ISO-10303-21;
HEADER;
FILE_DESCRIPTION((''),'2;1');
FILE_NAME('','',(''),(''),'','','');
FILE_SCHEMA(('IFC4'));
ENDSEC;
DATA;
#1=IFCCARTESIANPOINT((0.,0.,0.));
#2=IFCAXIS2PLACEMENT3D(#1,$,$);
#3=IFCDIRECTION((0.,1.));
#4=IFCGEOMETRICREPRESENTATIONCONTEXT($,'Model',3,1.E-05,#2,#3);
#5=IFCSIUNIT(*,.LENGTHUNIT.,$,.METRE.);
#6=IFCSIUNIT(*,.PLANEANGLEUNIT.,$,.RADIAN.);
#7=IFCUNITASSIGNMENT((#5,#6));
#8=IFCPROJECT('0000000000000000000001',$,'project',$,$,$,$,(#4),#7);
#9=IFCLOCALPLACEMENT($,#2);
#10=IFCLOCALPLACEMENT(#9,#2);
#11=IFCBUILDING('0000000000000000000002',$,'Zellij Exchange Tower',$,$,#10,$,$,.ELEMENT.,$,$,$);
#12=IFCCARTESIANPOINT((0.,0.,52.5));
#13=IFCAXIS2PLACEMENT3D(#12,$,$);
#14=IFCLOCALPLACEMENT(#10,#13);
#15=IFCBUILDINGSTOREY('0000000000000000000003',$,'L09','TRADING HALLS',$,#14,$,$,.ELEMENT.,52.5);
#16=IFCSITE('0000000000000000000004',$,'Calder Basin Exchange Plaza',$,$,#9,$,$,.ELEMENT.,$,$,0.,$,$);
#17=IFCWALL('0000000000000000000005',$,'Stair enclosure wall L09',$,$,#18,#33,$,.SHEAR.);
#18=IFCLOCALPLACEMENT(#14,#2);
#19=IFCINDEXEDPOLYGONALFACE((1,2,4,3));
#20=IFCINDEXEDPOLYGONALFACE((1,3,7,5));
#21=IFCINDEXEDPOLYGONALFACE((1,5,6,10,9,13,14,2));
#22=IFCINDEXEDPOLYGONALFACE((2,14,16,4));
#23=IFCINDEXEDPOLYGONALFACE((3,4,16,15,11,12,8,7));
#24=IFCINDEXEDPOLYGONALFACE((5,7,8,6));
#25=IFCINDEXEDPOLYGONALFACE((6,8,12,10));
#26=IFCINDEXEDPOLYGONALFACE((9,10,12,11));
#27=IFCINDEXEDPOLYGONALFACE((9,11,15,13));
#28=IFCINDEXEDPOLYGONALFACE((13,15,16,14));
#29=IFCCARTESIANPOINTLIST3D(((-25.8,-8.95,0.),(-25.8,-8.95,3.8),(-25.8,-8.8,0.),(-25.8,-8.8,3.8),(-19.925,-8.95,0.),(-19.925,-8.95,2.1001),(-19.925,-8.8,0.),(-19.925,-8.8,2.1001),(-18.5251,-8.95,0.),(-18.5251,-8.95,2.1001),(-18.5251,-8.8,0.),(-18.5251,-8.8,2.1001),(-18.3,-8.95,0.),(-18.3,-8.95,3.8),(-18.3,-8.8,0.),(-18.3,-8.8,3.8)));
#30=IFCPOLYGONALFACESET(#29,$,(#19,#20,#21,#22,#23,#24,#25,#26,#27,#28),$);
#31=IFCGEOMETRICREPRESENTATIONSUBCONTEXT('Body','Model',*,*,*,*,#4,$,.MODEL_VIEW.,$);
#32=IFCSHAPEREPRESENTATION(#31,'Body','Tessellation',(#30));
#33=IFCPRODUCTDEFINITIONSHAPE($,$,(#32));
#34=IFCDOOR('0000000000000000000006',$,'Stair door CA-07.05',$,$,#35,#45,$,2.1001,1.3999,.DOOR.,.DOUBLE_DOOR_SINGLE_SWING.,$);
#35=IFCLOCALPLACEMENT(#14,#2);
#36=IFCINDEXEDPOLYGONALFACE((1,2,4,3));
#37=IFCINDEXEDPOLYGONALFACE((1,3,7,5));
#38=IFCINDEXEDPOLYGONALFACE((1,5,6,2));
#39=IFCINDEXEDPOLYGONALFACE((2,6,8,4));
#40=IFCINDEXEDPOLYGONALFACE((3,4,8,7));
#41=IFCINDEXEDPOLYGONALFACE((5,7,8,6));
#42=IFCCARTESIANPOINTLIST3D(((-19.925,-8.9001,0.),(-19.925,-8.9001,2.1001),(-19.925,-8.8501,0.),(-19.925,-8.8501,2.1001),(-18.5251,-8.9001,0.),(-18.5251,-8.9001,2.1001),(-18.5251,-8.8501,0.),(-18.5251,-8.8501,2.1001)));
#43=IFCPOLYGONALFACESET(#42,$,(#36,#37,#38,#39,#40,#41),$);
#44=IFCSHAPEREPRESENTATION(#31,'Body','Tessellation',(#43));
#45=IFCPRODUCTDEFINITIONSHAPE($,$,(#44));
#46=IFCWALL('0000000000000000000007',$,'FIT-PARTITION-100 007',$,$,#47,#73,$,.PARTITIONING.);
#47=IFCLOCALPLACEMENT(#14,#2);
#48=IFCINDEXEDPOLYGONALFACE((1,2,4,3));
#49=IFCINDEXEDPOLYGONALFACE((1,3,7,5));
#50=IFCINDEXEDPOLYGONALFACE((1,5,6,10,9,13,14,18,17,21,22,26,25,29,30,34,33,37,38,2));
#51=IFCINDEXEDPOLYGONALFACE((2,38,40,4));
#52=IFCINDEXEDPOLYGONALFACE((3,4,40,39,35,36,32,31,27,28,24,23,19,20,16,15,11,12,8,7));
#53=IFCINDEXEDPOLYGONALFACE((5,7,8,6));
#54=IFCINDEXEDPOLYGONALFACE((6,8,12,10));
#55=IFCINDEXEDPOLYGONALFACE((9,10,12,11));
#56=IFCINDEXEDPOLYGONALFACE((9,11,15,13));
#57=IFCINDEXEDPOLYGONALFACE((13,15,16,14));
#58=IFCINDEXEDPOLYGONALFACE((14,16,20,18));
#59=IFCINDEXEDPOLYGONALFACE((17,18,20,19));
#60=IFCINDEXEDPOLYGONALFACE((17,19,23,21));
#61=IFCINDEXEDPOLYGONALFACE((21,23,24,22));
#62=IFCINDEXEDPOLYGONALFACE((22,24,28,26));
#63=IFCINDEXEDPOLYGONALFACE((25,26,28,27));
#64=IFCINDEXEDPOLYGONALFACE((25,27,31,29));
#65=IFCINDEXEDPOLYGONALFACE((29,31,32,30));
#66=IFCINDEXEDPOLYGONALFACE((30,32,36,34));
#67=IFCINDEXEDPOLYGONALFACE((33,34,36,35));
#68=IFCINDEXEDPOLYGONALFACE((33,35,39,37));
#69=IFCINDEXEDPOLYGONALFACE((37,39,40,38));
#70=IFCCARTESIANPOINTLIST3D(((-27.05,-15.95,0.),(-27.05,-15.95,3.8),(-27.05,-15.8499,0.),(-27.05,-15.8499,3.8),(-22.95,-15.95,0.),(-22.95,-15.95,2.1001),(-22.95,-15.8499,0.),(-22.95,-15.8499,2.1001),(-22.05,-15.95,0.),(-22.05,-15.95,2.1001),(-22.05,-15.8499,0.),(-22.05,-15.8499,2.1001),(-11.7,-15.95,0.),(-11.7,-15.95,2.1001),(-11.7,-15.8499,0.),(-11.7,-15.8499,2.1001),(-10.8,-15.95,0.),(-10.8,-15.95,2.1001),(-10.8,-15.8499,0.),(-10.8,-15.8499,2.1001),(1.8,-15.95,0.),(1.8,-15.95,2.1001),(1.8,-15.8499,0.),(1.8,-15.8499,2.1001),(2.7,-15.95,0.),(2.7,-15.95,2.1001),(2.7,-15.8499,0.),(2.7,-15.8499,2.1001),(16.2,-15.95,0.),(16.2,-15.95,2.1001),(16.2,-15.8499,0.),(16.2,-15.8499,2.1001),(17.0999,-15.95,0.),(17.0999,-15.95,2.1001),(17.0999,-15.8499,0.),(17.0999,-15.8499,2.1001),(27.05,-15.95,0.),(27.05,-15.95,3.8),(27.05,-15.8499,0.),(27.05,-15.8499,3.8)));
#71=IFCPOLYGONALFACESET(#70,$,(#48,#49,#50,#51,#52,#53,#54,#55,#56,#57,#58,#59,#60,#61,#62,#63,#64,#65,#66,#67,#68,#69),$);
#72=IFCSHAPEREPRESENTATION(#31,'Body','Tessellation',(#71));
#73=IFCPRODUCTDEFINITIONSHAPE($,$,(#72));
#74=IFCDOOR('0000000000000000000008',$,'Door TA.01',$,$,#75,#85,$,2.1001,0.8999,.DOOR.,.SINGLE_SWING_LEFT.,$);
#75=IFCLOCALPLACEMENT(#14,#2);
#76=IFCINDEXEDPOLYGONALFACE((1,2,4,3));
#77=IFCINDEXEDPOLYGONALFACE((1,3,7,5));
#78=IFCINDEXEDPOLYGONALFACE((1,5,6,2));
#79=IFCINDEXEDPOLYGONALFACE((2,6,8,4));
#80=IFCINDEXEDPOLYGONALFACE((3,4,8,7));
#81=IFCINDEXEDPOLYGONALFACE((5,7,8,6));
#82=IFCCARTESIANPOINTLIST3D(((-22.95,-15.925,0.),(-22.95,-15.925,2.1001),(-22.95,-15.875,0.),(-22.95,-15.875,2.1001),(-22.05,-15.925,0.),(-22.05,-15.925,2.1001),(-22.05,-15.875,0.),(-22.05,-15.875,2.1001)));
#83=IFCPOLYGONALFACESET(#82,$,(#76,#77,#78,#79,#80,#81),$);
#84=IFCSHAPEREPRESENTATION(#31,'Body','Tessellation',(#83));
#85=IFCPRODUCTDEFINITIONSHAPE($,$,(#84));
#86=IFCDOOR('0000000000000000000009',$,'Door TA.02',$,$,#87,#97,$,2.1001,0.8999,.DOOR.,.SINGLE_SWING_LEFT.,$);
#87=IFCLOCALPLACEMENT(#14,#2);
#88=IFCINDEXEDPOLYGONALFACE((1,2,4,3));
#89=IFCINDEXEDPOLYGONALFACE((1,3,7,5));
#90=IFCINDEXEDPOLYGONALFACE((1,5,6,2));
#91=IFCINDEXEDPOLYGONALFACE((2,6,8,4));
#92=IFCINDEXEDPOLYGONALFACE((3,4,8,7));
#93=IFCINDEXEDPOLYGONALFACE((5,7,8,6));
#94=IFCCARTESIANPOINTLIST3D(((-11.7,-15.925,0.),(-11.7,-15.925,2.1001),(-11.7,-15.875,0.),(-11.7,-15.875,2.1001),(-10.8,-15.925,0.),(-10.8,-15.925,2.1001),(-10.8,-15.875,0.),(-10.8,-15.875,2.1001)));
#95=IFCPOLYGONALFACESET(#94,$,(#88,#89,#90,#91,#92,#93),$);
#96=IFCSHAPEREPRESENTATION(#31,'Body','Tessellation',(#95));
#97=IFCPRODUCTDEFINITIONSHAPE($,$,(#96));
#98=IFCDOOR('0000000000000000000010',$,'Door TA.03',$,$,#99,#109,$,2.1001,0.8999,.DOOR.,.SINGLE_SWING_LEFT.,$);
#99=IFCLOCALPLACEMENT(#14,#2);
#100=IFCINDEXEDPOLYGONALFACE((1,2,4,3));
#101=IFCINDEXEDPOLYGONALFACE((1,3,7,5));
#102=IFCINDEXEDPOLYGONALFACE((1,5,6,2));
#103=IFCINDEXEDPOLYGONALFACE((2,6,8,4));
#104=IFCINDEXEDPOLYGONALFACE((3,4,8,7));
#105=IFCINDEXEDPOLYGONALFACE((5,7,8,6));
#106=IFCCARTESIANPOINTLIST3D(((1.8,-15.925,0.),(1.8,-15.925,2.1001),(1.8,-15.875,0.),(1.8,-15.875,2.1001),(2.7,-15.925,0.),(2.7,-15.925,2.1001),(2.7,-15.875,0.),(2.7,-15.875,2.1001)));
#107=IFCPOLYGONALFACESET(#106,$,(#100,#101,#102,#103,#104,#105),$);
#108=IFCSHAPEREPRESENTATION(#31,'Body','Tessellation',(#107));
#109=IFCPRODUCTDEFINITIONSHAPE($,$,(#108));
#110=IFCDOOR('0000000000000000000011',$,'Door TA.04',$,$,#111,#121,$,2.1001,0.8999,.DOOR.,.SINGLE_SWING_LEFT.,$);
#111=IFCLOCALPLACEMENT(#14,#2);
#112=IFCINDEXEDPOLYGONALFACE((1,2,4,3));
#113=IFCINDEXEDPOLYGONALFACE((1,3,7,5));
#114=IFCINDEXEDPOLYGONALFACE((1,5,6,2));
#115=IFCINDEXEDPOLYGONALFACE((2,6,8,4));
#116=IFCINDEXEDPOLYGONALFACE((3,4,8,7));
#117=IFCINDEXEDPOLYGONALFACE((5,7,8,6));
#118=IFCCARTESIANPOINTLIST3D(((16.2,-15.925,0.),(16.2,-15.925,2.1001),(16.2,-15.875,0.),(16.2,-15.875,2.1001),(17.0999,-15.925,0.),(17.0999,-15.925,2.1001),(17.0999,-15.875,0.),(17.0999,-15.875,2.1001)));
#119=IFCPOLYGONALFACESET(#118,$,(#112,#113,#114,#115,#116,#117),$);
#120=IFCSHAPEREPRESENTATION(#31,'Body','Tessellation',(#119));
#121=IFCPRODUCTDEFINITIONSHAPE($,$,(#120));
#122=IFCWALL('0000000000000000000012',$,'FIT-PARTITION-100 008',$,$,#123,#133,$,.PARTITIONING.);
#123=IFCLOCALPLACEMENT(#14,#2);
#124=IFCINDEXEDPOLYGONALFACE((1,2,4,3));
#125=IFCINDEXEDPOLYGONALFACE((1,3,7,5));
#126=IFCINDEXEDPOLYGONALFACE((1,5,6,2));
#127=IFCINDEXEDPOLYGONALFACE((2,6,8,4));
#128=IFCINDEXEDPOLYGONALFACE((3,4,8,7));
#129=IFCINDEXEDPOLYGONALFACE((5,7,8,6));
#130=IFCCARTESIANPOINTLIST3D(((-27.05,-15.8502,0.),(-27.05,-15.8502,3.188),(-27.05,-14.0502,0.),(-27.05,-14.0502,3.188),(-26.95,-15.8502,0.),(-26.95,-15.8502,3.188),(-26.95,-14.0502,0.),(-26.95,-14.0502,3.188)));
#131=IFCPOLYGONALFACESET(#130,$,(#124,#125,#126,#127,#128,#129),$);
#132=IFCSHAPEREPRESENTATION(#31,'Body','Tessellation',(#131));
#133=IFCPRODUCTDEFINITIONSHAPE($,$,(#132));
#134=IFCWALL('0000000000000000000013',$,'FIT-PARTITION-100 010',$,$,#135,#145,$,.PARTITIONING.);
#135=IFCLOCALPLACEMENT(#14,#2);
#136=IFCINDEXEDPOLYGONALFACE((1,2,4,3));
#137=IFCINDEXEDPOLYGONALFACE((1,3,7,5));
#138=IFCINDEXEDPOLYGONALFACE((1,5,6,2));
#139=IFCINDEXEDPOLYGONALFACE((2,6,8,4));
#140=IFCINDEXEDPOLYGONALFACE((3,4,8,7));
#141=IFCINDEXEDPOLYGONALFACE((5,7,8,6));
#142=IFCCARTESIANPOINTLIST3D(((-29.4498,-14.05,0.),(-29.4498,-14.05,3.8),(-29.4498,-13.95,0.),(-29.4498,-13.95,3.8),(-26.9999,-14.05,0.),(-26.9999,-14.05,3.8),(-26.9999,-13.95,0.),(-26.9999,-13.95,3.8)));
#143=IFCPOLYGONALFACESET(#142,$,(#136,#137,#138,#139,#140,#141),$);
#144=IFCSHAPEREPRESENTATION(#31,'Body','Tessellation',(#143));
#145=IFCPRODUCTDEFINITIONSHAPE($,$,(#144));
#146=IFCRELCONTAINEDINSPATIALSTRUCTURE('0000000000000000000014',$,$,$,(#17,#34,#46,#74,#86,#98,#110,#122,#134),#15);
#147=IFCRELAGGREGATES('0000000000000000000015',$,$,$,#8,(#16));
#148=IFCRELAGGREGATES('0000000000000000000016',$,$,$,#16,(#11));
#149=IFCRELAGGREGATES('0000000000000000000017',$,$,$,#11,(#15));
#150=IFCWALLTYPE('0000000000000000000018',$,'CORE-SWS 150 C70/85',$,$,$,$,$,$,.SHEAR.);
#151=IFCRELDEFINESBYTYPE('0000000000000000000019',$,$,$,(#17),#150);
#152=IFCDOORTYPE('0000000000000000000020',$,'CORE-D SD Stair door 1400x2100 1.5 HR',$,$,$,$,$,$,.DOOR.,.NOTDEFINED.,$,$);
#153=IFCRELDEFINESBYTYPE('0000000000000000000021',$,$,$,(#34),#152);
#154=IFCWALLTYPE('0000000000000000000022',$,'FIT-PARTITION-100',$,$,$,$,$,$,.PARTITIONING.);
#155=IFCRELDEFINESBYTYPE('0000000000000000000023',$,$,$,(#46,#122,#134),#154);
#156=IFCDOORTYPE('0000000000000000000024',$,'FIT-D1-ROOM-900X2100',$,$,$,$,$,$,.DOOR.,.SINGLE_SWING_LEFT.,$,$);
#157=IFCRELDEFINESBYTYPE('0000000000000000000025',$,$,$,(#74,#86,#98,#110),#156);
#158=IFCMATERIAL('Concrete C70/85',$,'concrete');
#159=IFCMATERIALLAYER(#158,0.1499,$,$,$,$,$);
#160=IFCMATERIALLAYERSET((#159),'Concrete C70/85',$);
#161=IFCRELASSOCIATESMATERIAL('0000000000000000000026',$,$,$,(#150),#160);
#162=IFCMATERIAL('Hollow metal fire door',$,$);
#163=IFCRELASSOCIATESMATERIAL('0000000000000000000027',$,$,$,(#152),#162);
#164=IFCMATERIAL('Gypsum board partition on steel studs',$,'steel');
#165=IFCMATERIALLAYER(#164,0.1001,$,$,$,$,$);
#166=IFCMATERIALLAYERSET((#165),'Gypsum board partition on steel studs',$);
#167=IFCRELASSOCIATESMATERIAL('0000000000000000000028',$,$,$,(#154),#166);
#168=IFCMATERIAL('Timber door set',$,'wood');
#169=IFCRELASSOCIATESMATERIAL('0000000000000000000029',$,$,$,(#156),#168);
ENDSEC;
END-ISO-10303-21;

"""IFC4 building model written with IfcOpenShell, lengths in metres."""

from ifc_helpers import new_model, si_unit, direction, frame, frame_2d, origin, place, context, subcontext, project, spatial, rectangle, extrude, material, layer, layer_set, type_object, element, fill, save


model = new_model("IFC4")

# Units and contexts
model_context = context("Model", 3, precision=1e-05, world=origin(), true_north=direction((0.0, 1.0)))
body_context = subcontext(model_context, "Body", "Model", "MODEL_VIEW")
ifc_project = project(units=[si_unit("LENGTHUNIT", "METRE"), si_unit("PLANEANGLEUNIT", "RADIAN")], contexts=[model_context])

# Site, building, storey
site_placement = place(None, origin())
site = spatial("IfcSite", under=ifc_project, at=site_placement, Name="Calder Basin Exchange Plaza", CompositionType="ELEMENT", RefElevation=0.0)
building_placement = place(site_placement, origin())
building = spatial("IfcBuilding", under=site, at=building_placement, Name="Zellij Exchange Tower", CompositionType="ELEMENT")
storey_placement = place(building_placement, frame((0.0, 0.0, 52.5)))
storey = spatial("IfcBuildingStorey", under=building, at=storey_placement, Name="L09", Description="TRADING HALLS", CompositionType="ELEMENT", Elevation=52.5)

# Shared definitions
ifc_material_1 = material(Name="Concrete C70/85", Category="concrete")

# Shared definitions
ifc_material_2 = material(Name="Hollow metal fire door")

# Wall, opening, door
ifc_layer_1 = layer(ifc_material_1, 0.1499)
ifc_layer_set_1 = layer_set([ifc_layer_1], Name="Concrete C70/85")
wall_type_1 = type_object("IfcWallType", Name="CORE-SWS 150 C70/85", PredefinedType="SHEAR", material=ifc_layer_set_1)
wall_1_placement = place(storey_placement, frame((-25.8, -8.875, 0.0), z_axis=(0.0, 0.0, 1.0), x_axis=(1.0, 0.0, 0.0)))
wall_1 = element("IfcWall", 1, at=wall_1_placement, inside=storey, type_object=wall_type_1, Name="Stair enclosure wall L09", PredefinedType="SHEAR", context=body_context, shape_type="SweptSolid", body=[
    extrude(rectangle(XDim=7.5, YDim=0.1499, at=frame_2d((3.75, 0.0))), origin(), (0.0, 0.0, 1.0), 3.8),
])
opening_1_placement = place(wall_1_placement, frame((5.875, 0.0, 0.0)))
opening_1 = element("IfcOpeningElement", 2, at=opening_1_placement, cuts=wall_1, PredefinedType="OPENING", context=body_context, shape_type="SweptSolid", body=[
    extrude(rectangle(XDim=1.3999, YDim=2.1001, at=frame_2d((0.7, 1.05))), frame((0.0, 0.0869, 0.0), z_axis=(0.0, -1.0, 0.0), x_axis=(1.0, 0.0, 0.0)), (0.0, 0.0, 1.0), 0.1738),
])
door_type_1 = type_object("IfcDoorType", Name="CORE-D SD Stair door 1400x2100 1.5 HR", OperationType="NOTDEFINED", PredefinedType="DOOR", material=ifc_material_2)
door_1_placement = place(opening_1_placement, origin())
door_1 = element("IfcDoor", 3, at=door_1_placement, inside=storey, type_object=door_type_1, Name="Stair door CA-07.05", OperationType="DOUBLE_DOOR_SINGLE_SWING", OverallHeight=2.1001, OverallWidth=1.3999, PredefinedType="DOOR", context=body_context, shape_type="SweptSolid", body=[
    extrude(rectangle(XDim=1.3999, YDim=2.1001, at=frame_2d((0.7, 1.05))), frame((0.0, 0.0249, 0.0), z_axis=(0.0, -1.0, 0.0), x_axis=(1.0, 0.0, 0.0)), (0.0, 0.0, 1.0), 0.05),
])
fill(opening_1, door_1)

# Wall, openings, doors
ifc_material_3 = material(Name="Gypsum board partition on steel studs", Category="steel")
ifc_layer_2 = layer(ifc_material_3, 0.1001)
ifc_layer_set_2 = layer_set([ifc_layer_2], Name="Gypsum board partition on steel studs")
wall_type_2 = type_object("IfcWallType", Name="FIT-PARTITION-100", PredefinedType="PARTITIONING", material=ifc_layer_set_2)
wall_2_placement = place(storey_placement, frame((-27.05, -15.8999, 0.0), z_axis=(0.0, 0.0, 1.0), x_axis=(1.0, 0.0, 0.0)))
wall_2 = element("IfcWall", 4, at=wall_2_placement, inside=storey, type_object=wall_type_2, Name="FIT-PARTITION-100 007", PredefinedType="PARTITIONING", context=body_context, shape_type="SweptSolid", body=[
    extrude(rectangle(XDim=54.1001, YDim=0.1001, at=frame_2d((27.05, 0.0))), origin(), (0.0, 0.0, 1.0), 3.8),
])
opening_2_placement = place(wall_2_placement, frame((4.1001, 0.0, 0.0)))
opening_2 = element("IfcOpeningElement", 5, at=opening_2_placement, cuts=wall_2, PredefinedType="OPENING", context=body_context, shape_type="SweptSolid", body=[
    extrude(rectangle(XDim=0.8999, YDim=2.1001, at=frame_2d((0.45, 1.05))), frame((0.0, 0.062, 0.0), z_axis=(0.0, -1.0, 0.0), x_axis=(1.0, 0.0, 0.0)), (0.0, 0.0, 1.0), 0.124),
])
opening_3_placement = place(wall_2_placement, frame((15.3501, 0.0, 0.0)))
opening_3 = element("IfcOpeningElement", 6, at=opening_3_placement, cuts=wall_2, PredefinedType="OPENING", context=body_context, shape_type="SweptSolid", body=[
    extrude(rectangle(XDim=0.8999, YDim=2.1001, at=frame_2d((0.45, 1.05))), frame((0.0, 0.062, 0.0), z_axis=(0.0, -1.0, 0.0), x_axis=(1.0, 0.0, 0.0)), (0.0, 0.0, 1.0), 0.124),
])
opening_4_placement = place(wall_2_placement, frame((28.8501, 0.0, 0.0)))
opening_4 = element("IfcOpeningElement", 7, at=opening_4_placement, cuts=wall_2, PredefinedType="OPENING", context=body_context, shape_type="SweptSolid", body=[
    extrude(rectangle(XDim=0.8999, YDim=2.1001, at=frame_2d((0.45, 1.05))), frame((0.0, 0.062, 0.0), z_axis=(0.0, -1.0, 0.0), x_axis=(1.0, 0.0, 0.0)), (0.0, 0.0, 1.0), 0.124),
])
opening_5_placement = place(wall_2_placement, frame((43.25, 0.0, 0.0)))
opening_5 = element("IfcOpeningElement", 8, at=opening_5_placement, cuts=wall_2, PredefinedType="OPENING", context=body_context, shape_type="SweptSolid", body=[
    extrude(rectangle(XDim=0.8999, YDim=2.1001, at=frame_2d((0.45, 1.05))), frame((0.0, 0.062, 0.0), z_axis=(0.0, -1.0, 0.0), x_axis=(1.0, 0.0, 0.0)), (0.0, 0.0, 1.0), 0.124),
])
ifc_material_4 = material(Name="Timber door set", Category="wood")
door_type_2 = type_object("IfcDoorType", Name="FIT-D1-ROOM-900X2100", OperationType="SINGLE_SWING_LEFT", PredefinedType="DOOR", material=ifc_material_4)
door_2_placement = place(opening_2_placement, origin())
door_2 = element("IfcDoor", 9, at=door_2_placement, inside=storey, type_object=door_type_2, Name="Door TA.01", OperationType="SINGLE_SWING_LEFT", OverallHeight=2.1001, OverallWidth=0.8999, PredefinedType="DOOR", context=body_context, shape_type="SweptSolid", body=[
    extrude(rectangle(XDim=0.8999, YDim=2.1001, at=frame_2d((0.45, 1.05))), frame((0.0, 0.0249, 0.0), z_axis=(0.0, -1.0, 0.0), x_axis=(1.0, 0.0, 0.0)), (0.0, 0.0, 1.0), 0.05),
])
fill(opening_2, door_2)
door_3_placement = place(opening_3_placement, origin())
door_3 = element("IfcDoor", 10, at=door_3_placement, inside=storey, type_object=door_type_2, Name="Door TA.02", OperationType="SINGLE_SWING_LEFT", OverallHeight=2.1001, OverallWidth=0.8999, PredefinedType="DOOR", context=body_context, shape_type="SweptSolid", body=[
    extrude(rectangle(XDim=0.8999, YDim=2.1001, at=frame_2d((0.45, 1.05))), frame((0.0, 0.0249, 0.0), z_axis=(0.0, -1.0, 0.0), x_axis=(1.0, 0.0, 0.0)), (0.0, 0.0, 1.0), 0.05),
])
fill(opening_3, door_3)
door_4_placement = place(opening_4_placement, origin())
door_4 = element("IfcDoor", 11, at=door_4_placement, inside=storey, type_object=door_type_2, Name="Door TA.03", OperationType="SINGLE_SWING_LEFT", OverallHeight=2.1001, OverallWidth=0.8999, PredefinedType="DOOR", context=body_context, shape_type="SweptSolid", body=[
    extrude(rectangle(XDim=0.8999, YDim=2.1001, at=frame_2d((0.45, 1.05))), frame((0.0, 0.0249, 0.0), z_axis=(0.0, -1.0, 0.0), x_axis=(1.0, 0.0, 0.0)), (0.0, 0.0, 1.0), 0.05),
])
fill(opening_4, door_4)
door_5_placement = place(opening_5_placement, origin())
door_5 = element("IfcDoor", 12, at=door_5_placement, inside=storey, type_object=door_type_2, Name="Door TA.04", OperationType="SINGLE_SWING_LEFT", OverallHeight=2.1001, OverallWidth=0.8999, PredefinedType="DOOR", context=body_context, shape_type="SweptSolid", body=[
    extrude(rectangle(XDim=0.8999, YDim=2.1001, at=frame_2d((0.45, 1.05))), frame((0.0, 0.0249, 0.0), z_axis=(0.0, -1.0, 0.0), x_axis=(1.0, 0.0, 0.0)), (0.0, 0.0, 1.0), 0.05),
])
fill(opening_5, door_5)

# Walls
wall_3_placement = place(storey_placement, frame((-27.0, -15.8501, 0.0), z_axis=(0.0, 0.0, 1.0), x_axis=(0.0, 1.0, 0.0)))
element("IfcWall", 13, at=wall_3_placement, inside=storey, type_object=wall_type_2, Name="FIT-PARTITION-100 008", PredefinedType="PARTITIONING", context=body_context, shape_type="SweptSolid", body=[
    extrude(rectangle(XDim=1.8, YDim=0.1001, at=frame_2d((0.8999, 0.0))), origin(), (0.0, 0.0, 1.0), 3.188),
])
wall_4_placement = place(storey_placement, frame((-29.45, -14.0, 0.0), z_axis=(0.0, 0.0, 1.0), x_axis=(1.0, 0.0, 0.0)))
element("IfcWall", 14, at=wall_4_placement, inside=storey, type_object=wall_type_2, Name="FIT-PARTITION-100 010", PredefinedType="PARTITIONING", context=body_context, shape_type="SweptSolid", body=[
    extrude(rectangle(XDim=2.45, YDim=0.1001, at=frame_2d((1.2251, 0.0))), origin(), (0.0, 0.0, 1.0), 3.8),
])

save(model, "model.ifc")
